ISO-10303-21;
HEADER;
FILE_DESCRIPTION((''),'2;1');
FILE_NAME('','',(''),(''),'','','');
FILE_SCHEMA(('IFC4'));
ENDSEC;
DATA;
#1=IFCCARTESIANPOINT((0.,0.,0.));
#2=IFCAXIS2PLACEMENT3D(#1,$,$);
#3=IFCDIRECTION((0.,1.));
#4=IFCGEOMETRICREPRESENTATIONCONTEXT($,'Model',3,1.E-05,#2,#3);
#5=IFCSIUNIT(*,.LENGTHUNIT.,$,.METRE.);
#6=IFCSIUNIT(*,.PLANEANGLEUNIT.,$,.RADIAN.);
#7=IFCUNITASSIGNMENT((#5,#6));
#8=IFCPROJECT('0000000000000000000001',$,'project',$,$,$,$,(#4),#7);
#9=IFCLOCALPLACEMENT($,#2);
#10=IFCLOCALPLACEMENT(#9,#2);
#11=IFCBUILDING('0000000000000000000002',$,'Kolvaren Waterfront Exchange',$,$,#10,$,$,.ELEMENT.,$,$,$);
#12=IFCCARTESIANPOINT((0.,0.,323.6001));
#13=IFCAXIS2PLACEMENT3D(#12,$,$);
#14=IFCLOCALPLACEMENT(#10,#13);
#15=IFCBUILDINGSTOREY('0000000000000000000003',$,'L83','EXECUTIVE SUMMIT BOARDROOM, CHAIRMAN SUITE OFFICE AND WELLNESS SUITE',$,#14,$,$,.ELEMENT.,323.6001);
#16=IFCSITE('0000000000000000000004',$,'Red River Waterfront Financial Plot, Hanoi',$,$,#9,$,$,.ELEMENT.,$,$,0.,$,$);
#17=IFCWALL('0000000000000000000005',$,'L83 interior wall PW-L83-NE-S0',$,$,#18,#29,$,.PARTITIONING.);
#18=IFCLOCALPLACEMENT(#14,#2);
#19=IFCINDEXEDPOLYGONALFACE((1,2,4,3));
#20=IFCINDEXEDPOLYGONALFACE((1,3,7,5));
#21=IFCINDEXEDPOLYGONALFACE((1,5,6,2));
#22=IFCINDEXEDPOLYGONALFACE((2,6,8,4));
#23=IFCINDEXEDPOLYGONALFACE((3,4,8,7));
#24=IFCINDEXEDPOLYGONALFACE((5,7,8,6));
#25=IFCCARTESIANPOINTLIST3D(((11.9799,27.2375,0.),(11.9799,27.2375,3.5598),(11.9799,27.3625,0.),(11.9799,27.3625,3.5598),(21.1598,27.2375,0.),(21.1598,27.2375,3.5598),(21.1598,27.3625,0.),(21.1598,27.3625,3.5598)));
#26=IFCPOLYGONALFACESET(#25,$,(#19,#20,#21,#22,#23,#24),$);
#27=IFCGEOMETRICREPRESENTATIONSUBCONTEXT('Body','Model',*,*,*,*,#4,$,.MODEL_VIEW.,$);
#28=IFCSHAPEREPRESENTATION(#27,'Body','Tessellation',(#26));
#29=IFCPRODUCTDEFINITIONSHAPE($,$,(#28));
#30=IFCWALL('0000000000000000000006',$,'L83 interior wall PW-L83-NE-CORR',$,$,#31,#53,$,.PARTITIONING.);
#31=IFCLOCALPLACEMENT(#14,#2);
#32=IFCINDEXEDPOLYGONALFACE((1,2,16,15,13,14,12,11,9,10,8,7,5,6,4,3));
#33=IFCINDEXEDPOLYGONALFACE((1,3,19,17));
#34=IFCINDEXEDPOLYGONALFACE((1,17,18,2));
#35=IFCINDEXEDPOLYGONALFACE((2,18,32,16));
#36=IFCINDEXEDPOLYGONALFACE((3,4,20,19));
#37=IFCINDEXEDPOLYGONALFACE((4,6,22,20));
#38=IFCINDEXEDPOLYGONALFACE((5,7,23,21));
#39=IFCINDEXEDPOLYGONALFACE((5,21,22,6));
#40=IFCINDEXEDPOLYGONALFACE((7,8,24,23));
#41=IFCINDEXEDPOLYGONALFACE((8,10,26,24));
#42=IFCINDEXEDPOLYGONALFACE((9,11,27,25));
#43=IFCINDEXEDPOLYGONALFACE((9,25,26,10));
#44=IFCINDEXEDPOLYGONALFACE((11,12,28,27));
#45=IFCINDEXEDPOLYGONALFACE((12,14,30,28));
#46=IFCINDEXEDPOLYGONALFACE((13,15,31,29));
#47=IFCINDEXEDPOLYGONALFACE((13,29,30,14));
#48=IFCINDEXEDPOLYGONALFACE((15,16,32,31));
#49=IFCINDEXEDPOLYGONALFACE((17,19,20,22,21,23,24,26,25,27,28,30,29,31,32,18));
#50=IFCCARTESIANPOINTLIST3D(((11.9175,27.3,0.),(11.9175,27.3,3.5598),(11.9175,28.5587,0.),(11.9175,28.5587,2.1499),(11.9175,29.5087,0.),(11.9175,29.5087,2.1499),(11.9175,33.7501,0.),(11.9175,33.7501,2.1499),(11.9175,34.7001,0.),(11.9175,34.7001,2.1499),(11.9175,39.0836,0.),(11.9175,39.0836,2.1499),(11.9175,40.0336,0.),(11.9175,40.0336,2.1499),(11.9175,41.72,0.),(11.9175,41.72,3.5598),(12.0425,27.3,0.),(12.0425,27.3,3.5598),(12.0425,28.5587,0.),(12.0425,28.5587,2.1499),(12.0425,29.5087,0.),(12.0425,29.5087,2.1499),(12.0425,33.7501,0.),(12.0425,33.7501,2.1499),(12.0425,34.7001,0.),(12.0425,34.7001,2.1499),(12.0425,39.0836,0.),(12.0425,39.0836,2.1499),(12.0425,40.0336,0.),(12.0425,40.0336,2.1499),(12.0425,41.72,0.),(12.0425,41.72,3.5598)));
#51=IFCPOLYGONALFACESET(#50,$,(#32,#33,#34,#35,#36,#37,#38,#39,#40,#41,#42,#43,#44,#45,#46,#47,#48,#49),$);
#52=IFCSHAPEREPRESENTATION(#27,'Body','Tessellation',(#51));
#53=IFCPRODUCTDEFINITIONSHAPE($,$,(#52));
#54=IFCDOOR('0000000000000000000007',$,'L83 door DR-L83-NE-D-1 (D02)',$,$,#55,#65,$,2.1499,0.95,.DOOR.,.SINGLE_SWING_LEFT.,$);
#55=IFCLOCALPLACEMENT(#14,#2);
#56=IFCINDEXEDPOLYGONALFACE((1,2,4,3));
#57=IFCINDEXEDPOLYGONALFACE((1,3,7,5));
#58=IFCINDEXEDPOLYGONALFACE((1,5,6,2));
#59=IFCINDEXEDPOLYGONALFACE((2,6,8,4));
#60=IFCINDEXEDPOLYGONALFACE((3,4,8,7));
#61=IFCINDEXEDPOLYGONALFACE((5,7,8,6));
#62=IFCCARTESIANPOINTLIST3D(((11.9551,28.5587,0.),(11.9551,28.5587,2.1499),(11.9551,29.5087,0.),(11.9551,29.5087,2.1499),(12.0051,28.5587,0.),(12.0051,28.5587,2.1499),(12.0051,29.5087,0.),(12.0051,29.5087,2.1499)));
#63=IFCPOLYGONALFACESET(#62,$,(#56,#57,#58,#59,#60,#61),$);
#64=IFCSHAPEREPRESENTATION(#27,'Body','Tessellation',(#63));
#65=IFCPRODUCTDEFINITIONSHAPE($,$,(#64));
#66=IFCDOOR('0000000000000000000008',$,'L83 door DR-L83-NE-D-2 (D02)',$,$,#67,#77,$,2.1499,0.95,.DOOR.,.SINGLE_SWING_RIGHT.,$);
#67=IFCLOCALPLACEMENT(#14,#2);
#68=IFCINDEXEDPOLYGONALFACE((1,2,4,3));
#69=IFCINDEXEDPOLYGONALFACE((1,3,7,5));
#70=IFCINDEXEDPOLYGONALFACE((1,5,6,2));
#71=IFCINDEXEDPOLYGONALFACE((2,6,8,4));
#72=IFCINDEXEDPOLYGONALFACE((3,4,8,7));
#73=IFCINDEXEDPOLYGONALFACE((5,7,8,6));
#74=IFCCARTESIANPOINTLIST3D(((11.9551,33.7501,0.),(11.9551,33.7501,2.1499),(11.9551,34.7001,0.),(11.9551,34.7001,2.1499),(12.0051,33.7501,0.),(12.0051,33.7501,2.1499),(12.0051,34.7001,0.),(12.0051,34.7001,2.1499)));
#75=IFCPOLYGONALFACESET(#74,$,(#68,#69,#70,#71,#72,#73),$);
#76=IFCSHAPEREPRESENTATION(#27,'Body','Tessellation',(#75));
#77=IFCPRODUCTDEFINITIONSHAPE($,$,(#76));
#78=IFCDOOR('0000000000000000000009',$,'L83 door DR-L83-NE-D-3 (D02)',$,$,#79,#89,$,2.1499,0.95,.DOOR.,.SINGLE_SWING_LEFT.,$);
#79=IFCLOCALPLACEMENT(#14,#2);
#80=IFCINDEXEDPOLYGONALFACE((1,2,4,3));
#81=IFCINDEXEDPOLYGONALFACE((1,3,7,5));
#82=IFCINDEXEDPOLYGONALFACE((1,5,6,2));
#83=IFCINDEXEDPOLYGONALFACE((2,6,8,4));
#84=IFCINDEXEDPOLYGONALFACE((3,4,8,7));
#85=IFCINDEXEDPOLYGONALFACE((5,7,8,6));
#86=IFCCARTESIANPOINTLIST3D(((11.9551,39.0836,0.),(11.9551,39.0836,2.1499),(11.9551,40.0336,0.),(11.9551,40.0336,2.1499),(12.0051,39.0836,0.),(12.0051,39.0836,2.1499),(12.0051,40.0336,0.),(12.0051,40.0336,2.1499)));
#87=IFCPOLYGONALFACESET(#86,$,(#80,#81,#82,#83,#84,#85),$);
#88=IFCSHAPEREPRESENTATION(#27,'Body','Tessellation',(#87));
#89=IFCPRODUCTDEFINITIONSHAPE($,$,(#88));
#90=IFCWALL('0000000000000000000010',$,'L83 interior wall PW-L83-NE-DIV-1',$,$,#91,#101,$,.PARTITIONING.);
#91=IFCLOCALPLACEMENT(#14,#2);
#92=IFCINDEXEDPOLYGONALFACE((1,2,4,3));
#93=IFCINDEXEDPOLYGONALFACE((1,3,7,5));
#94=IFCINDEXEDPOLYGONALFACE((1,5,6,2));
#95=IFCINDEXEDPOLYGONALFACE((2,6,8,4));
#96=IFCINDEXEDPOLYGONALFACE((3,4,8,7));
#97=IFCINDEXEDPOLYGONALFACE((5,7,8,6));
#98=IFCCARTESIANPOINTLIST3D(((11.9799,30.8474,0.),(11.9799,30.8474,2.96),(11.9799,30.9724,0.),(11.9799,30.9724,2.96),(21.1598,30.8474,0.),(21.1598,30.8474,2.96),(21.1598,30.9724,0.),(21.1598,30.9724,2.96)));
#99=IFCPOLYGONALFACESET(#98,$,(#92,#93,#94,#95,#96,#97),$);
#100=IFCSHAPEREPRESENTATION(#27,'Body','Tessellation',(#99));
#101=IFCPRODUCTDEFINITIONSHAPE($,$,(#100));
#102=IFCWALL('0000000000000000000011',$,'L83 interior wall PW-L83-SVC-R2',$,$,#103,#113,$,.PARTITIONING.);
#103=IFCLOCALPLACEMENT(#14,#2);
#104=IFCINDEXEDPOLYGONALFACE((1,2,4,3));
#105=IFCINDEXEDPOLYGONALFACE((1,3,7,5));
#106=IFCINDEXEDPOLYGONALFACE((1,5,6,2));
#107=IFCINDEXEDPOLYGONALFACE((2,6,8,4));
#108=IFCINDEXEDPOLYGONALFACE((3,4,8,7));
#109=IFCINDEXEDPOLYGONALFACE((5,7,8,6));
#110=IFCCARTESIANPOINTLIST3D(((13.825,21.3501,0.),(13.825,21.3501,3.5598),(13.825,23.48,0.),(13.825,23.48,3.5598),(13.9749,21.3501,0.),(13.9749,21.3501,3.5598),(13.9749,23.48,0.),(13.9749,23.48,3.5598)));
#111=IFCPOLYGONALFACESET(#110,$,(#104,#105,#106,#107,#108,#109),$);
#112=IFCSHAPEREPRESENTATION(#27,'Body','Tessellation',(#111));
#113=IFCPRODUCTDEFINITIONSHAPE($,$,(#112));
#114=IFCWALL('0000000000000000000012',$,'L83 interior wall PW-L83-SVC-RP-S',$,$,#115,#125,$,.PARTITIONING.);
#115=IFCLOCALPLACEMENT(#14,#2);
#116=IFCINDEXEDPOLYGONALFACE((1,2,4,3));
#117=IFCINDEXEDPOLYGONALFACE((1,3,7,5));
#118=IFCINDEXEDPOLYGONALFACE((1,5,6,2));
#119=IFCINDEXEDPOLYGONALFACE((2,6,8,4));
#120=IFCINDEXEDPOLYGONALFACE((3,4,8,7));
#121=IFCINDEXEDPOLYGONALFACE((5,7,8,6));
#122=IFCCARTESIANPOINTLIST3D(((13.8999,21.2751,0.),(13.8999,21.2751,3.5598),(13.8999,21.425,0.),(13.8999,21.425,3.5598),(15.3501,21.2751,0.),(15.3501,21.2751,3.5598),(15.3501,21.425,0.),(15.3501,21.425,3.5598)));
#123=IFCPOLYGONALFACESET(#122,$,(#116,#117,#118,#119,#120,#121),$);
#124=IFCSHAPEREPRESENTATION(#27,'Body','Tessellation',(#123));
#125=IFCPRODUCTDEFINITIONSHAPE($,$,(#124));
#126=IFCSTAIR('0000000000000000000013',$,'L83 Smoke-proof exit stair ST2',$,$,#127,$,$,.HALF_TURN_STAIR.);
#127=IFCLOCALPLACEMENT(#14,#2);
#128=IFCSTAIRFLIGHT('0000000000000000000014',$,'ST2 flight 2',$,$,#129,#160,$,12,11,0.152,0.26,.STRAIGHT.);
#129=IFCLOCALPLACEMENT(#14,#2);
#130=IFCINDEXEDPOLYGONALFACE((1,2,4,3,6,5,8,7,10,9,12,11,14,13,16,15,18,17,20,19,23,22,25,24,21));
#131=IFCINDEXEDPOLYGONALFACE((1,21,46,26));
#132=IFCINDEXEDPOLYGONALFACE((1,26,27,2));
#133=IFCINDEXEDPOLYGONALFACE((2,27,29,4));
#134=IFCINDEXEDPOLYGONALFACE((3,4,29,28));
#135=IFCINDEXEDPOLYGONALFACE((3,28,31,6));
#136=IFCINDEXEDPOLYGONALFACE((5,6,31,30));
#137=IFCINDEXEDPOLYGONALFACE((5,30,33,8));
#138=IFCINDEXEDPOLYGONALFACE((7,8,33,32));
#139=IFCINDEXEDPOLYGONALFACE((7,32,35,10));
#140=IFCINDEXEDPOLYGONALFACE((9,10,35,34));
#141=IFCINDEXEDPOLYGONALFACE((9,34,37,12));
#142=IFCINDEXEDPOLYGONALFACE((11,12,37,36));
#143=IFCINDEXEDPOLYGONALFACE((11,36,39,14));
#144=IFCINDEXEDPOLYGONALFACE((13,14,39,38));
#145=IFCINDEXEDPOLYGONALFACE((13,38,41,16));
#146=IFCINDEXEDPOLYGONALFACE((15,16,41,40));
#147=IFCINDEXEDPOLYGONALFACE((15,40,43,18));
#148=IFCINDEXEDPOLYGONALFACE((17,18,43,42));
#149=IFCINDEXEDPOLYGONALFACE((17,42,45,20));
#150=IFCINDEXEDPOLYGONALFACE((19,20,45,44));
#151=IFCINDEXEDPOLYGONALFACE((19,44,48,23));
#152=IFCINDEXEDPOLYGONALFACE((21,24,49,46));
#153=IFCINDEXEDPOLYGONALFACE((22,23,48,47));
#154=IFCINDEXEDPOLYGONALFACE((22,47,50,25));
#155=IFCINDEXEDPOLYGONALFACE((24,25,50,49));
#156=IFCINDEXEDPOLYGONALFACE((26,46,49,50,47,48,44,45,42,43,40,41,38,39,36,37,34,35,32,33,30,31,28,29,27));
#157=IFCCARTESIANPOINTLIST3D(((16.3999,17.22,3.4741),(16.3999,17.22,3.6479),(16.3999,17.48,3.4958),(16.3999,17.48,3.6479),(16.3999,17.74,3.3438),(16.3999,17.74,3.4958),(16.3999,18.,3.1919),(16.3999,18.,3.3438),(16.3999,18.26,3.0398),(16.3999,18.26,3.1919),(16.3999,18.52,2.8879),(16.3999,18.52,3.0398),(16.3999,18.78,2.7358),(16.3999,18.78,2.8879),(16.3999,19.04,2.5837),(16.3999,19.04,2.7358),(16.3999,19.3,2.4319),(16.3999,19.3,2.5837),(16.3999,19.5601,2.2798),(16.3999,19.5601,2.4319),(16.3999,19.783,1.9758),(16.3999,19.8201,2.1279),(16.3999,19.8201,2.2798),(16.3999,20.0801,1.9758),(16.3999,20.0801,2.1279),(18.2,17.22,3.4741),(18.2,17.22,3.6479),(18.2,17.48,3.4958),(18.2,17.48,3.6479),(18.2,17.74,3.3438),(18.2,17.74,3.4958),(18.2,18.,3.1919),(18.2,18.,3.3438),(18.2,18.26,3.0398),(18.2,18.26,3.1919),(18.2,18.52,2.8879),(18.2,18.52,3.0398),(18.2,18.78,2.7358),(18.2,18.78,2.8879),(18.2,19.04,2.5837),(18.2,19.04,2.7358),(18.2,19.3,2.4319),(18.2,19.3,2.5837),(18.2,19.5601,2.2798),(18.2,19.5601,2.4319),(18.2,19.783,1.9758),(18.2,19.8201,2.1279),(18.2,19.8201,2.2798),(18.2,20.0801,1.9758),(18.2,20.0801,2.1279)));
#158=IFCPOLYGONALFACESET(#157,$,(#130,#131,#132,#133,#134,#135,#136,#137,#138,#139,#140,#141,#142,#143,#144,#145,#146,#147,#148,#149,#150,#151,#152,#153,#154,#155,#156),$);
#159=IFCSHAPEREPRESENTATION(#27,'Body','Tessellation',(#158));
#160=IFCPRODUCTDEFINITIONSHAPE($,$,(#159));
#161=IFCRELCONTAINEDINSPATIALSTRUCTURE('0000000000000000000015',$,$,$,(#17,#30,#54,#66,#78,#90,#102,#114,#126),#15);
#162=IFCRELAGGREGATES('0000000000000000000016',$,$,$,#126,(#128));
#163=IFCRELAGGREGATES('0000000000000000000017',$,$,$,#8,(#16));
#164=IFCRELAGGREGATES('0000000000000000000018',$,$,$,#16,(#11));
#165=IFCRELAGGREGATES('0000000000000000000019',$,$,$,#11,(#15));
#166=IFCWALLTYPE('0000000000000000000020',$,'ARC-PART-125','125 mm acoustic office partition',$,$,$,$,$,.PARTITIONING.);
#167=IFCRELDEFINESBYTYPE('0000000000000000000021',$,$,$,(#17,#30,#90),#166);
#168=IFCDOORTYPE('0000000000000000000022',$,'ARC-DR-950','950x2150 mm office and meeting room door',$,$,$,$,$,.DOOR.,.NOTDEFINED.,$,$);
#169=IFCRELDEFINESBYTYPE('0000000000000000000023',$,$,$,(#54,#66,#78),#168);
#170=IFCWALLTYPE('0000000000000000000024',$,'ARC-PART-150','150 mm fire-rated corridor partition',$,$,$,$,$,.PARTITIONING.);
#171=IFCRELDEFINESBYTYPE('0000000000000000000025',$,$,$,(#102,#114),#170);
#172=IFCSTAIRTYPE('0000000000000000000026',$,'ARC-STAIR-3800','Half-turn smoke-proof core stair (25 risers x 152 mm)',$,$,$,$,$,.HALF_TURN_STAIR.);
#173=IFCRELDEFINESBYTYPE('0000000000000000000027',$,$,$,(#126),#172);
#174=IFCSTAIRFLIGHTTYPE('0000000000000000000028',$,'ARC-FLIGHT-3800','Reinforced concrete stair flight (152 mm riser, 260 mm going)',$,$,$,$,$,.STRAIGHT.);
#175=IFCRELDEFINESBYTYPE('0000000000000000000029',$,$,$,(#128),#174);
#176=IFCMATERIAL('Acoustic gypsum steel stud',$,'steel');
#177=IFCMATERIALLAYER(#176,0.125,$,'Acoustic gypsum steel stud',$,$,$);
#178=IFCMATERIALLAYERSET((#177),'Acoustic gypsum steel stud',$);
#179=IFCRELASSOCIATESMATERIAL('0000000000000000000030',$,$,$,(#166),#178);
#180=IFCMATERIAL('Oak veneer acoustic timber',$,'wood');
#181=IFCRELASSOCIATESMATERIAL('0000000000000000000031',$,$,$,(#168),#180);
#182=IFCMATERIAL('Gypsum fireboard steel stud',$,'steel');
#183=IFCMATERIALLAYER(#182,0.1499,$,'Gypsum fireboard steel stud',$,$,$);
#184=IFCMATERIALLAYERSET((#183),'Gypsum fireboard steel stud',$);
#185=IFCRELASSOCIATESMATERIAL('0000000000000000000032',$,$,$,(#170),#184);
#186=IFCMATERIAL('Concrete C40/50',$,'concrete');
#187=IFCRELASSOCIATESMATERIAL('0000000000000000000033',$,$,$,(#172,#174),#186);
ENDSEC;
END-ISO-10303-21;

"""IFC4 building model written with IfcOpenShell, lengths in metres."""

from ifc_helpers import new_model, si_unit, direction, frame, frame_2d, origin, place, context, subcontext, project, spatial, polyline, rectangle, outline, extrude, material, layer, layer_set, type_object, element, fill, aggregate, save


model = new_model("IFC4")

# Units and contexts
model_context = context("Model", 3, precision=1e-05, world=origin(), true_north=direction((0.0, 1.0)))
body_context = subcontext(model_context, "Body", "Model", "MODEL_VIEW")
ifc_project = project(units=[si_unit("LENGTHUNIT", "METRE"), si_unit("PLANEANGLEUNIT", "RADIAN")], contexts=[model_context])

# Site, building, storey
site_placement = place(None, origin())
site = spatial("IfcSite", under=ifc_project, at=site_placement, Name="Red River Waterfront Financial Plot, Hanoi", CompositionType="ELEMENT", RefElevation=0.0)
building_placement = place(site_placement, origin())
building = spatial("IfcBuilding", under=site, at=building_placement, Name="Kolvaren Waterfront Exchange", CompositionType="ELEMENT")
storey_placement = place(building_placement, frame((0.0, 0.0, 323.6001)))
storey = spatial("IfcBuildingStorey", under=building, at=storey_placement, Name="L83", Description="EXECUTIVE SUMMIT BOARDROOM, CHAIRMAN SUITE OFFICE AND WELLNESS SUITE", CompositionType="ELEMENT", Elevation=323.6001)

# Shared definitions
ifc_material_1 = material(Name="Acoustic gypsum steel stud", Category="steel")
ifc_layer_1 = layer(ifc_material_1, 0.125, Name="Acoustic gypsum steel stud")
ifc_layer_set_1 = layer_set([ifc_layer_1], Name="Acoustic gypsum steel stud")
wall_type_1 = type_object("IfcWallType", Name="ARC-PART-125", Description="125 mm acoustic office partition", PredefinedType="PARTITIONING", material=ifc_layer_set_1)

# Shared definitions
ifc_material_2 = material(Name="Oak veneer acoustic timber", Category="wood")
door_type_1 = type_object("IfcDoorType", Name="ARC-DR-950", Description="950x2150 mm office and meeting room door", OperationType="NOTDEFINED", PredefinedType="DOOR", material=ifc_material_2)

# Wall
wall_1_placement = place(storey_placement, frame((11.98, 27.3, 0.0), z_axis=(0.0, 0.0, 1.0), x_axis=(1.0, 0.0, 0.0)))
element("IfcWall", 1, at=wall_1_placement, inside=storey, type_object=wall_type_1, Name="L83 interior wall PW-L83-NE-S0", PredefinedType="PARTITIONING", context=body_context, shape_type="SweptSolid", body=[
    extrude(rectangle(XDim=9.1799, YDim=0.125, at=frame_2d((4.5898, 0.0))), origin(), (0.0, 0.0, 1.0), 3.5598),
])

# Wall, openings, doors
wall_2_placement = place(storey_placement, frame((11.98, 27.3, 0.0), z_axis=(0.0, 0.0, 1.0), x_axis=(0.0, 1.0, 0.0)))
wall_2 = element("IfcWall", 2, at=wall_2_placement, inside=storey, type_object=wall_type_1, Name="L83 interior wall PW-L83-NE-CORR", PredefinedType="PARTITIONING", context=body_context, shape_type="SweptSolid", body=[
    extrude(rectangle(XDim=14.4199, YDim=0.125, at=frame_2d((7.21, 0.0))), origin(), (0.0, 0.0, 1.0), 3.5598),
])
opening_1_placement = place(wall_2_placement, frame((1.2585, 0.0, 0.0)))
opening_1 = element("IfcOpeningElement", 3, at=opening_1_placement, cuts=wall_2, PredefinedType="OPENING", context=body_context, shape_type="SweptSolid", body=[
    extrude(rectangle(XDim=0.95, YDim=2.1499, at=frame_2d((0.4751, 1.075))), frame((0.0, 0.0725, 0.0), z_axis=(0.0, -1.0, 0.0), x_axis=(1.0, 0.0, 0.0)), (0.0, 0.0, 1.0), 0.145),
])
opening_2_placement = place(wall_2_placement, frame((6.45, 0.0, 0.0)))
opening_2 = element("IfcOpeningElement", 4, at=opening_2_placement, cuts=wall_2, PredefinedType="OPENING", context=body_context, shape_type="SweptSolid", body=[
    extrude(rectangle(XDim=0.95, YDim=2.1499, at=frame_2d((0.4751, 1.075))), frame((0.0, 0.0725, 0.0), z_axis=(0.0, -1.0, 0.0), x_axis=(1.0, 0.0, 0.0)), (0.0, 0.0, 1.0), 0.145),
])
opening_3_placement = place(wall_2_placement, frame((11.7834, 0.0, 0.0)))
opening_3 = element("IfcOpeningElement", 5, at=opening_3_placement, cuts=wall_2, PredefinedType="OPENING", context=body_context, shape_type="SweptSolid", body=[
    extrude(rectangle(XDim=0.95, YDim=2.1499, at=frame_2d((0.4751, 1.075))), frame((0.0, 0.0725, 0.0), z_axis=(0.0, -1.0, 0.0), x_axis=(1.0, 0.0, 0.0)), (0.0, 0.0, 1.0), 0.145),
])
door_1_placement = place(opening_1_placement, origin())
door_1 = element("IfcDoor", 6, at=door_1_placement, inside=storey, type_object=door_type_1, Name="L83 door DR-L83-NE-D-1 (D02)", OperationType="SINGLE_SWING_LEFT", OverallHeight=2.1499, OverallWidth=0.95, PredefinedType="DOOR", context=body_context, shape_type="SweptSolid", body=[
    extrude(rectangle(XDim=0.95, YDim=2.1499, at=frame_2d((0.4751, 1.075))), frame((0.0, 0.0249, 0.0), z_axis=(0.0, -1.0, 0.0), x_axis=(1.0, 0.0, 0.0)), (0.0, 0.0, 1.0), 0.05),
])
fill(opening_1, door_1)
door_2_placement = place(opening_2_placement, origin())
door_2 = element("IfcDoor", 7, at=door_2_placement, inside=storey, type_object=door_type_1, Name="L83 door DR-L83-NE-D-2 (D02)", OperationType="SINGLE_SWING_RIGHT", OverallHeight=2.1499, OverallWidth=0.95, PredefinedType="DOOR", context=body_context, shape_type="SweptSolid", body=[
    extrude(rectangle(XDim=0.95, YDim=2.1499, at=frame_2d((0.4751, 1.075))), frame((0.0, 0.0249, 0.0), z_axis=(0.0, -1.0, 0.0), x_axis=(1.0, 0.0, 0.0)), (0.0, 0.0, 1.0), 0.05),
])
fill(opening_2, door_2)
door_3_placement = place(opening_3_placement, origin())
door_3 = element("IfcDoor", 8, at=door_3_placement, inside=storey, type_object=door_type_1, Name="L83 door DR-L83-NE-D-3 (D02)", OperationType="SINGLE_SWING_LEFT", OverallHeight=2.1499, OverallWidth=0.95, PredefinedType="DOOR", context=body_context, shape_type="SweptSolid", body=[
    extrude(rectangle(XDim=0.95, YDim=2.1499, at=frame_2d((0.4751, 1.075))), frame((0.0, 0.0249, 0.0), z_axis=(0.0, -1.0, 0.0), x_axis=(1.0, 0.0, 0.0)), (0.0, 0.0, 1.0), 0.05),
])
fill(opening_3, door_3)

# Walls
wall_3_placement = place(storey_placement, frame((11.98, 30.9099, 0.0), z_axis=(0.0, 0.0, 1.0), x_axis=(1.0, 0.0, 0.0)))
element("IfcWall", 9, at=wall_3_placement, inside=storey, type_object=wall_type_1, Name="L83 interior wall PW-L83-NE-DIV-1", PredefinedType="PARTITIONING", context=body_context, shape_type="SweptSolid", body=[
    extrude(rectangle(XDim=9.1799, YDim=0.125, at=frame_2d((4.5898, 0.0))), origin(), (0.0, 0.0, 1.0), 2.96),
])
ifc_material_3 = material(Name="Gypsum fireboard steel stud", Category="steel")
ifc_layer_2 = layer(ifc_material_3, 0.1499, Name="Gypsum fireboard steel stud")
ifc_layer_set_2 = layer_set([ifc_layer_2], Name="Gypsum fireboard steel stud")
wall_type_2 = type_object("IfcWallType", Name="ARC-PART-150", Description="150 mm fire-rated corridor partition", PredefinedType="PARTITIONING", material=ifc_layer_set_2)
wall_4_placement = place(storey_placement, frame((13.8999, 21.3501, 0.0), z_axis=(0.0, 0.0, 1.0), x_axis=(0.0, 1.0, 0.0)))
element("IfcWall", 10, at=wall_4_placement, inside=storey, type_object=wall_type_2, Name="L83 interior wall PW-L83-SVC-R2", PredefinedType="PARTITIONING", context=body_context, shape_type="SweptSolid", body=[
    extrude(rectangle(XDim=2.1299, YDim=0.1499, at=frame_2d((1.0649, 0.0))), origin(), (0.0, 0.0, 1.0), 3.5598),
])
wall_5_placement = place(storey_placement, frame((13.8999, 21.3501, 0.0), z_axis=(0.0, 0.0, 1.0), x_axis=(1.0, 0.0, 0.0)))
element("IfcWall", 11, at=wall_5_placement, inside=storey, type_object=wall_type_2, Name="L83 interior wall PW-L83-SVC-RP-S", PredefinedType="PARTITIONING", context=body_context, shape_type="SweptSolid", body=[
    extrude(rectangle(XDim=1.4502, YDim=0.1499, at=frame_2d((0.7251, 0.0))), origin(), (0.0, 0.0, 1.0), 3.5598),
])

# Stair, stair flight
ifc_material_4 = material(Name="Concrete C40/50", Category="concrete")
stair_type = type_object("IfcStairType", Name="ARC-STAIR-3800", Description="Half-turn smoke-proof core stair (25 risers x 152 mm)", PredefinedType="HALF_TURN_STAIR", material=ifc_material_4)
stair_placement = place(storey_placement, origin())
stair = element("IfcStair", 12, at=stair_placement, inside=storey, type_object=stair_type, Name="L83 Smoke-proof exit stair ST2", PredefinedType="HALF_TURN_STAIR")
stair_flight_type = type_object("IfcStairFlightType", Name="ARC-FLIGHT-3800", Description="Reinforced concrete stair flight (152 mm riser, 260 mm going)", PredefinedType="STRAIGHT", material=ifc_material_4)
stair_flight_placement = place(storey_placement, frame((17.3, 20.0801, 1.9758), z_axis=(0.0, 0.0, 1.0), x_axis=(0.0, -1.0, 0.0)))
stair_flight = element("IfcStairFlight", 13, at=stair_flight_placement, type_object=stair_flight_type, Name="ST2 flight 2", NumberOfRisers=12, NumberOfTreads=11, PredefinedType="STRAIGHT", RiserHeight=0.152, TreadLength=0.26, context=body_context, shape_type="SweptSolid", body=[
    extrude(outline(polyline([(0.0, 0.0), (0.0, 0.1521), (0.26, 0.1521), (0.26, 0.304), (0.52, 0.304), (0.52, 0.4561), (0.78, 0.4561), (0.78, 0.6079), (1.04, 0.6079), (1.04, 0.76), (1.3, 0.76), (1.3, 0.9121), (1.5601, 0.9121), (1.5601, 1.064), (1.8201, 1.064), (1.8201, 1.2161), (2.0801, 1.2161), (2.0801, 1.3679), (2.3401, 1.3679), (2.3401, 1.52), (2.6001, 1.52), (2.6001, 1.6721), (2.8601, 1.6721), (2.8601, 1.824), (2.8601, 1.4983), (0.2971, 0.0), (0.0, 0.0)])), frame((0.0, 0.8999, 0.0), z_axis=(0.0, -1.0, 0.0), x_axis=(1.0, 0.0, 0.0)), (0.0, 0.0, 1.0), 1.8),
])
aggregate(stair, [stair_flight])

save(model, "model.ifc")
